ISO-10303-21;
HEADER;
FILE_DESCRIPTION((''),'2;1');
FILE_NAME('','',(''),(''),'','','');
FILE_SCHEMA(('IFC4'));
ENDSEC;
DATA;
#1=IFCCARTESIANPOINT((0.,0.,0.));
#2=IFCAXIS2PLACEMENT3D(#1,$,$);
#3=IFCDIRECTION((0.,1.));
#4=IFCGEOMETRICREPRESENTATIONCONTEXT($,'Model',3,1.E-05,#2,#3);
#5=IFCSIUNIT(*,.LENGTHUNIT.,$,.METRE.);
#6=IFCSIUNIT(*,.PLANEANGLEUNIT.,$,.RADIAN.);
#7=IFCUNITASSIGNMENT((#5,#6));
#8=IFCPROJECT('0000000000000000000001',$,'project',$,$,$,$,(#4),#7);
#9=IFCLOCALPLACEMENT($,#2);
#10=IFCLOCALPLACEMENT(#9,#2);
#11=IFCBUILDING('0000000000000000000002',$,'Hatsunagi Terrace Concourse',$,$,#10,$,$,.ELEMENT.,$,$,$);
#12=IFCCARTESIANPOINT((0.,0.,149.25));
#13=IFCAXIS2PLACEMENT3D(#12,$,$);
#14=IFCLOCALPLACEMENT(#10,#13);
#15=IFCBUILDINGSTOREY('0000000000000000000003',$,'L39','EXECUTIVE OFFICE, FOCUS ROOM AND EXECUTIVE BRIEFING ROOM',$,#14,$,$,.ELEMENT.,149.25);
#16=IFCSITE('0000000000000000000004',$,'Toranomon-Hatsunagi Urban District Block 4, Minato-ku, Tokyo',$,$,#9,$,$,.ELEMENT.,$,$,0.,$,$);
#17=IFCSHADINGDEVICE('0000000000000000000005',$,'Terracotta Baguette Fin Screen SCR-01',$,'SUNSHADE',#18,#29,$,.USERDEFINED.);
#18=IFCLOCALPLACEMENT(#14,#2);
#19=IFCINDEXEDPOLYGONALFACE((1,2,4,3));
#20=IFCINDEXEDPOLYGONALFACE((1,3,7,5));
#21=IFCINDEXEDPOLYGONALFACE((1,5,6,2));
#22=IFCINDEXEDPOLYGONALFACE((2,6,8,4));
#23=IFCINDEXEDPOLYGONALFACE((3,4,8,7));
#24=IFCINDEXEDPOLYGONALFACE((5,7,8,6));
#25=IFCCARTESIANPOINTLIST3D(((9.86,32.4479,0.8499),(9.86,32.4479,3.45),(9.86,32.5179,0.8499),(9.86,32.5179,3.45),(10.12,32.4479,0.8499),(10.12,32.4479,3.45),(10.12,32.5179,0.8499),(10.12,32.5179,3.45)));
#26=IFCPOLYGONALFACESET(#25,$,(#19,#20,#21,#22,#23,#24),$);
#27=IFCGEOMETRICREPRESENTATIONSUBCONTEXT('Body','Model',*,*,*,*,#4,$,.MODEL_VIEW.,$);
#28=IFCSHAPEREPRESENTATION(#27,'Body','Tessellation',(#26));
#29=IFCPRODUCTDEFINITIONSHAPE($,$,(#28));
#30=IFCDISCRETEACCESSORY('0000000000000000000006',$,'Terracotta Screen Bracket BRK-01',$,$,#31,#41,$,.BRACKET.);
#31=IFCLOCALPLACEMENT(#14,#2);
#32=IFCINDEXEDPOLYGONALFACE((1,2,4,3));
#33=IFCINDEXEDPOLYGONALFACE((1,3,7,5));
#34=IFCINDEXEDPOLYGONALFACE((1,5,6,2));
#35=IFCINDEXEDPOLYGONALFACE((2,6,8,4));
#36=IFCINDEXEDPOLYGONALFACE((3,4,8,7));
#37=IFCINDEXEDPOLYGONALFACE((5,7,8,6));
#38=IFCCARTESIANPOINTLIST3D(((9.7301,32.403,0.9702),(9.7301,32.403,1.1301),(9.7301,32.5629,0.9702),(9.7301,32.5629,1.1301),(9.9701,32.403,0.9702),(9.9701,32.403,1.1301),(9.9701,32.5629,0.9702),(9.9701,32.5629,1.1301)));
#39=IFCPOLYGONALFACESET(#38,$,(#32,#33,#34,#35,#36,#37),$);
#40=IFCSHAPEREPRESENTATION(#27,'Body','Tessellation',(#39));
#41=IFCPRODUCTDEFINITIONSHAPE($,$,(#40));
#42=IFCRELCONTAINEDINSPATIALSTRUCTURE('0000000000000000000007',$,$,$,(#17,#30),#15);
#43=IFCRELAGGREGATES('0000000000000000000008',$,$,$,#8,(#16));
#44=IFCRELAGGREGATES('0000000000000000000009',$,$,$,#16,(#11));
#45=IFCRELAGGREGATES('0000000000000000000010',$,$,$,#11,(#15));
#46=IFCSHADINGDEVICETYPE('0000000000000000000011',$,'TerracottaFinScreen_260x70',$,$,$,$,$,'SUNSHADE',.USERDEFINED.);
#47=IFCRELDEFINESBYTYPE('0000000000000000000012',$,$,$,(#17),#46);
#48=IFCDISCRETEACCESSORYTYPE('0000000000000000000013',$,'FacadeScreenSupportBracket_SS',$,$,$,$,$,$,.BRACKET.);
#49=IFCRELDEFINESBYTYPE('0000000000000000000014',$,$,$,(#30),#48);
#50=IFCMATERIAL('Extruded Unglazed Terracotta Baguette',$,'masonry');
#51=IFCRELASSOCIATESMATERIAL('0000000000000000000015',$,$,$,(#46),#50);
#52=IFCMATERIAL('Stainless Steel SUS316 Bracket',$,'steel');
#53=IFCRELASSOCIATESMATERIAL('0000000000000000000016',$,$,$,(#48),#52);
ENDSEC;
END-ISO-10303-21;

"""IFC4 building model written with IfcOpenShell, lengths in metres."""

from ifc_helpers import new_model, si_unit, direction, frame, origin, origin_2d, place, context, subcontext, project, spatial, rectangle, extrude, material, type_object, element, save


model = new_model("IFC4")

# Units and contexts
model_context = context("Model", 3, precision=1e-05, world=origin(), true_north=direction((0.0, 1.0)))
body_context = subcontext(model_context, "Body", "Model", "MODEL_VIEW")
ifc_project = project(units=[si_unit("LENGTHUNIT", "METRE"), si_unit("PLANEANGLEUNIT", "RADIAN")], contexts=[model_context])

# Site, building, storey
site_placement = place(None, origin())
site = spatial("IfcSite", under=ifc_project, at=site_placement, Name="Toranomon-Hatsunagi Urban District Block 4, Minato-ku, Tokyo", CompositionType="ELEMENT", RefElevation=0.0)
building_placement = place(site_placement, origin())
building = spatial("IfcBuilding", under=site, at=building_placement, Name="Hatsunagi Terrace Concourse", CompositionType="ELEMENT")
storey_placement = place(building_placement, frame((0.0, 0.0, 149.25)))
storey = spatial("IfcBuildingStorey", under=building, at=storey_placement, Name="L39", Description="EXECUTIVE OFFICE, FOCUS ROOM AND EXECUTIVE BRIEFING ROOM", CompositionType="ELEMENT", Elevation=149.25)

# Shading device
ifc_material_1 = material(Name="Extruded Unglazed Terracotta Baguette", Category="masonry")
shading_device_type = type_object("IfcShadingDeviceType", Name="TerracottaFinScreen_260x70", ElementType="SUNSHADE", PredefinedType="USERDEFINED", material=ifc_material_1)
shading_device_placement = place(storey_placement, frame((9.99, 32.4829, 0.8499), z_axis=(0.0, 0.0, 1.0), x_axis=(0.0, 1.0, 0.0)))
element("IfcShadingDevice", 1, at=shading_device_placement, inside=storey, type_object=shading_device_type, Name="Terracotta Baguette Fin Screen SCR-01", ObjectType="SUNSHADE", PredefinedType="USERDEFINED", context=body_context, shape_type="SweptSolid", body=[
    extrude(rectangle(XDim=0.0701, YDim=0.26, at=origin_2d()), origin(), (0.0, 0.0, 1.0), 2.6001),
])

# Discrete accessory
ifc_material_2 = material(Name="Stainless Steel SUS316 Bracket", Category="steel")
discrete_accessory_type = type_object("IfcDiscreteAccessoryType", Name="FacadeScreenSupportBracket_SS", PredefinedType="BRACKET", material=ifc_material_2)
discrete_accessory_placement = place(storey_placement, frame((9.8501, 32.4829, 0.9702), z_axis=(0.0, 0.0, 1.0), x_axis=(0.0, 1.0, 0.0)))
element("IfcDiscreteAccessory", 2, at=discrete_accessory_placement, inside=storey, type_object=discrete_accessory_type, Name="Terracotta Screen Bracket BRK-01", PredefinedType="BRACKET", context=body_context, shape_type="SweptSolid", body=[
    extrude(rectangle(XDim=0.1599, YDim=0.24, at=origin_2d()), origin(), (0.0, 0.0, 1.0), 0.1599),
])

save(model, "model.ifc")
